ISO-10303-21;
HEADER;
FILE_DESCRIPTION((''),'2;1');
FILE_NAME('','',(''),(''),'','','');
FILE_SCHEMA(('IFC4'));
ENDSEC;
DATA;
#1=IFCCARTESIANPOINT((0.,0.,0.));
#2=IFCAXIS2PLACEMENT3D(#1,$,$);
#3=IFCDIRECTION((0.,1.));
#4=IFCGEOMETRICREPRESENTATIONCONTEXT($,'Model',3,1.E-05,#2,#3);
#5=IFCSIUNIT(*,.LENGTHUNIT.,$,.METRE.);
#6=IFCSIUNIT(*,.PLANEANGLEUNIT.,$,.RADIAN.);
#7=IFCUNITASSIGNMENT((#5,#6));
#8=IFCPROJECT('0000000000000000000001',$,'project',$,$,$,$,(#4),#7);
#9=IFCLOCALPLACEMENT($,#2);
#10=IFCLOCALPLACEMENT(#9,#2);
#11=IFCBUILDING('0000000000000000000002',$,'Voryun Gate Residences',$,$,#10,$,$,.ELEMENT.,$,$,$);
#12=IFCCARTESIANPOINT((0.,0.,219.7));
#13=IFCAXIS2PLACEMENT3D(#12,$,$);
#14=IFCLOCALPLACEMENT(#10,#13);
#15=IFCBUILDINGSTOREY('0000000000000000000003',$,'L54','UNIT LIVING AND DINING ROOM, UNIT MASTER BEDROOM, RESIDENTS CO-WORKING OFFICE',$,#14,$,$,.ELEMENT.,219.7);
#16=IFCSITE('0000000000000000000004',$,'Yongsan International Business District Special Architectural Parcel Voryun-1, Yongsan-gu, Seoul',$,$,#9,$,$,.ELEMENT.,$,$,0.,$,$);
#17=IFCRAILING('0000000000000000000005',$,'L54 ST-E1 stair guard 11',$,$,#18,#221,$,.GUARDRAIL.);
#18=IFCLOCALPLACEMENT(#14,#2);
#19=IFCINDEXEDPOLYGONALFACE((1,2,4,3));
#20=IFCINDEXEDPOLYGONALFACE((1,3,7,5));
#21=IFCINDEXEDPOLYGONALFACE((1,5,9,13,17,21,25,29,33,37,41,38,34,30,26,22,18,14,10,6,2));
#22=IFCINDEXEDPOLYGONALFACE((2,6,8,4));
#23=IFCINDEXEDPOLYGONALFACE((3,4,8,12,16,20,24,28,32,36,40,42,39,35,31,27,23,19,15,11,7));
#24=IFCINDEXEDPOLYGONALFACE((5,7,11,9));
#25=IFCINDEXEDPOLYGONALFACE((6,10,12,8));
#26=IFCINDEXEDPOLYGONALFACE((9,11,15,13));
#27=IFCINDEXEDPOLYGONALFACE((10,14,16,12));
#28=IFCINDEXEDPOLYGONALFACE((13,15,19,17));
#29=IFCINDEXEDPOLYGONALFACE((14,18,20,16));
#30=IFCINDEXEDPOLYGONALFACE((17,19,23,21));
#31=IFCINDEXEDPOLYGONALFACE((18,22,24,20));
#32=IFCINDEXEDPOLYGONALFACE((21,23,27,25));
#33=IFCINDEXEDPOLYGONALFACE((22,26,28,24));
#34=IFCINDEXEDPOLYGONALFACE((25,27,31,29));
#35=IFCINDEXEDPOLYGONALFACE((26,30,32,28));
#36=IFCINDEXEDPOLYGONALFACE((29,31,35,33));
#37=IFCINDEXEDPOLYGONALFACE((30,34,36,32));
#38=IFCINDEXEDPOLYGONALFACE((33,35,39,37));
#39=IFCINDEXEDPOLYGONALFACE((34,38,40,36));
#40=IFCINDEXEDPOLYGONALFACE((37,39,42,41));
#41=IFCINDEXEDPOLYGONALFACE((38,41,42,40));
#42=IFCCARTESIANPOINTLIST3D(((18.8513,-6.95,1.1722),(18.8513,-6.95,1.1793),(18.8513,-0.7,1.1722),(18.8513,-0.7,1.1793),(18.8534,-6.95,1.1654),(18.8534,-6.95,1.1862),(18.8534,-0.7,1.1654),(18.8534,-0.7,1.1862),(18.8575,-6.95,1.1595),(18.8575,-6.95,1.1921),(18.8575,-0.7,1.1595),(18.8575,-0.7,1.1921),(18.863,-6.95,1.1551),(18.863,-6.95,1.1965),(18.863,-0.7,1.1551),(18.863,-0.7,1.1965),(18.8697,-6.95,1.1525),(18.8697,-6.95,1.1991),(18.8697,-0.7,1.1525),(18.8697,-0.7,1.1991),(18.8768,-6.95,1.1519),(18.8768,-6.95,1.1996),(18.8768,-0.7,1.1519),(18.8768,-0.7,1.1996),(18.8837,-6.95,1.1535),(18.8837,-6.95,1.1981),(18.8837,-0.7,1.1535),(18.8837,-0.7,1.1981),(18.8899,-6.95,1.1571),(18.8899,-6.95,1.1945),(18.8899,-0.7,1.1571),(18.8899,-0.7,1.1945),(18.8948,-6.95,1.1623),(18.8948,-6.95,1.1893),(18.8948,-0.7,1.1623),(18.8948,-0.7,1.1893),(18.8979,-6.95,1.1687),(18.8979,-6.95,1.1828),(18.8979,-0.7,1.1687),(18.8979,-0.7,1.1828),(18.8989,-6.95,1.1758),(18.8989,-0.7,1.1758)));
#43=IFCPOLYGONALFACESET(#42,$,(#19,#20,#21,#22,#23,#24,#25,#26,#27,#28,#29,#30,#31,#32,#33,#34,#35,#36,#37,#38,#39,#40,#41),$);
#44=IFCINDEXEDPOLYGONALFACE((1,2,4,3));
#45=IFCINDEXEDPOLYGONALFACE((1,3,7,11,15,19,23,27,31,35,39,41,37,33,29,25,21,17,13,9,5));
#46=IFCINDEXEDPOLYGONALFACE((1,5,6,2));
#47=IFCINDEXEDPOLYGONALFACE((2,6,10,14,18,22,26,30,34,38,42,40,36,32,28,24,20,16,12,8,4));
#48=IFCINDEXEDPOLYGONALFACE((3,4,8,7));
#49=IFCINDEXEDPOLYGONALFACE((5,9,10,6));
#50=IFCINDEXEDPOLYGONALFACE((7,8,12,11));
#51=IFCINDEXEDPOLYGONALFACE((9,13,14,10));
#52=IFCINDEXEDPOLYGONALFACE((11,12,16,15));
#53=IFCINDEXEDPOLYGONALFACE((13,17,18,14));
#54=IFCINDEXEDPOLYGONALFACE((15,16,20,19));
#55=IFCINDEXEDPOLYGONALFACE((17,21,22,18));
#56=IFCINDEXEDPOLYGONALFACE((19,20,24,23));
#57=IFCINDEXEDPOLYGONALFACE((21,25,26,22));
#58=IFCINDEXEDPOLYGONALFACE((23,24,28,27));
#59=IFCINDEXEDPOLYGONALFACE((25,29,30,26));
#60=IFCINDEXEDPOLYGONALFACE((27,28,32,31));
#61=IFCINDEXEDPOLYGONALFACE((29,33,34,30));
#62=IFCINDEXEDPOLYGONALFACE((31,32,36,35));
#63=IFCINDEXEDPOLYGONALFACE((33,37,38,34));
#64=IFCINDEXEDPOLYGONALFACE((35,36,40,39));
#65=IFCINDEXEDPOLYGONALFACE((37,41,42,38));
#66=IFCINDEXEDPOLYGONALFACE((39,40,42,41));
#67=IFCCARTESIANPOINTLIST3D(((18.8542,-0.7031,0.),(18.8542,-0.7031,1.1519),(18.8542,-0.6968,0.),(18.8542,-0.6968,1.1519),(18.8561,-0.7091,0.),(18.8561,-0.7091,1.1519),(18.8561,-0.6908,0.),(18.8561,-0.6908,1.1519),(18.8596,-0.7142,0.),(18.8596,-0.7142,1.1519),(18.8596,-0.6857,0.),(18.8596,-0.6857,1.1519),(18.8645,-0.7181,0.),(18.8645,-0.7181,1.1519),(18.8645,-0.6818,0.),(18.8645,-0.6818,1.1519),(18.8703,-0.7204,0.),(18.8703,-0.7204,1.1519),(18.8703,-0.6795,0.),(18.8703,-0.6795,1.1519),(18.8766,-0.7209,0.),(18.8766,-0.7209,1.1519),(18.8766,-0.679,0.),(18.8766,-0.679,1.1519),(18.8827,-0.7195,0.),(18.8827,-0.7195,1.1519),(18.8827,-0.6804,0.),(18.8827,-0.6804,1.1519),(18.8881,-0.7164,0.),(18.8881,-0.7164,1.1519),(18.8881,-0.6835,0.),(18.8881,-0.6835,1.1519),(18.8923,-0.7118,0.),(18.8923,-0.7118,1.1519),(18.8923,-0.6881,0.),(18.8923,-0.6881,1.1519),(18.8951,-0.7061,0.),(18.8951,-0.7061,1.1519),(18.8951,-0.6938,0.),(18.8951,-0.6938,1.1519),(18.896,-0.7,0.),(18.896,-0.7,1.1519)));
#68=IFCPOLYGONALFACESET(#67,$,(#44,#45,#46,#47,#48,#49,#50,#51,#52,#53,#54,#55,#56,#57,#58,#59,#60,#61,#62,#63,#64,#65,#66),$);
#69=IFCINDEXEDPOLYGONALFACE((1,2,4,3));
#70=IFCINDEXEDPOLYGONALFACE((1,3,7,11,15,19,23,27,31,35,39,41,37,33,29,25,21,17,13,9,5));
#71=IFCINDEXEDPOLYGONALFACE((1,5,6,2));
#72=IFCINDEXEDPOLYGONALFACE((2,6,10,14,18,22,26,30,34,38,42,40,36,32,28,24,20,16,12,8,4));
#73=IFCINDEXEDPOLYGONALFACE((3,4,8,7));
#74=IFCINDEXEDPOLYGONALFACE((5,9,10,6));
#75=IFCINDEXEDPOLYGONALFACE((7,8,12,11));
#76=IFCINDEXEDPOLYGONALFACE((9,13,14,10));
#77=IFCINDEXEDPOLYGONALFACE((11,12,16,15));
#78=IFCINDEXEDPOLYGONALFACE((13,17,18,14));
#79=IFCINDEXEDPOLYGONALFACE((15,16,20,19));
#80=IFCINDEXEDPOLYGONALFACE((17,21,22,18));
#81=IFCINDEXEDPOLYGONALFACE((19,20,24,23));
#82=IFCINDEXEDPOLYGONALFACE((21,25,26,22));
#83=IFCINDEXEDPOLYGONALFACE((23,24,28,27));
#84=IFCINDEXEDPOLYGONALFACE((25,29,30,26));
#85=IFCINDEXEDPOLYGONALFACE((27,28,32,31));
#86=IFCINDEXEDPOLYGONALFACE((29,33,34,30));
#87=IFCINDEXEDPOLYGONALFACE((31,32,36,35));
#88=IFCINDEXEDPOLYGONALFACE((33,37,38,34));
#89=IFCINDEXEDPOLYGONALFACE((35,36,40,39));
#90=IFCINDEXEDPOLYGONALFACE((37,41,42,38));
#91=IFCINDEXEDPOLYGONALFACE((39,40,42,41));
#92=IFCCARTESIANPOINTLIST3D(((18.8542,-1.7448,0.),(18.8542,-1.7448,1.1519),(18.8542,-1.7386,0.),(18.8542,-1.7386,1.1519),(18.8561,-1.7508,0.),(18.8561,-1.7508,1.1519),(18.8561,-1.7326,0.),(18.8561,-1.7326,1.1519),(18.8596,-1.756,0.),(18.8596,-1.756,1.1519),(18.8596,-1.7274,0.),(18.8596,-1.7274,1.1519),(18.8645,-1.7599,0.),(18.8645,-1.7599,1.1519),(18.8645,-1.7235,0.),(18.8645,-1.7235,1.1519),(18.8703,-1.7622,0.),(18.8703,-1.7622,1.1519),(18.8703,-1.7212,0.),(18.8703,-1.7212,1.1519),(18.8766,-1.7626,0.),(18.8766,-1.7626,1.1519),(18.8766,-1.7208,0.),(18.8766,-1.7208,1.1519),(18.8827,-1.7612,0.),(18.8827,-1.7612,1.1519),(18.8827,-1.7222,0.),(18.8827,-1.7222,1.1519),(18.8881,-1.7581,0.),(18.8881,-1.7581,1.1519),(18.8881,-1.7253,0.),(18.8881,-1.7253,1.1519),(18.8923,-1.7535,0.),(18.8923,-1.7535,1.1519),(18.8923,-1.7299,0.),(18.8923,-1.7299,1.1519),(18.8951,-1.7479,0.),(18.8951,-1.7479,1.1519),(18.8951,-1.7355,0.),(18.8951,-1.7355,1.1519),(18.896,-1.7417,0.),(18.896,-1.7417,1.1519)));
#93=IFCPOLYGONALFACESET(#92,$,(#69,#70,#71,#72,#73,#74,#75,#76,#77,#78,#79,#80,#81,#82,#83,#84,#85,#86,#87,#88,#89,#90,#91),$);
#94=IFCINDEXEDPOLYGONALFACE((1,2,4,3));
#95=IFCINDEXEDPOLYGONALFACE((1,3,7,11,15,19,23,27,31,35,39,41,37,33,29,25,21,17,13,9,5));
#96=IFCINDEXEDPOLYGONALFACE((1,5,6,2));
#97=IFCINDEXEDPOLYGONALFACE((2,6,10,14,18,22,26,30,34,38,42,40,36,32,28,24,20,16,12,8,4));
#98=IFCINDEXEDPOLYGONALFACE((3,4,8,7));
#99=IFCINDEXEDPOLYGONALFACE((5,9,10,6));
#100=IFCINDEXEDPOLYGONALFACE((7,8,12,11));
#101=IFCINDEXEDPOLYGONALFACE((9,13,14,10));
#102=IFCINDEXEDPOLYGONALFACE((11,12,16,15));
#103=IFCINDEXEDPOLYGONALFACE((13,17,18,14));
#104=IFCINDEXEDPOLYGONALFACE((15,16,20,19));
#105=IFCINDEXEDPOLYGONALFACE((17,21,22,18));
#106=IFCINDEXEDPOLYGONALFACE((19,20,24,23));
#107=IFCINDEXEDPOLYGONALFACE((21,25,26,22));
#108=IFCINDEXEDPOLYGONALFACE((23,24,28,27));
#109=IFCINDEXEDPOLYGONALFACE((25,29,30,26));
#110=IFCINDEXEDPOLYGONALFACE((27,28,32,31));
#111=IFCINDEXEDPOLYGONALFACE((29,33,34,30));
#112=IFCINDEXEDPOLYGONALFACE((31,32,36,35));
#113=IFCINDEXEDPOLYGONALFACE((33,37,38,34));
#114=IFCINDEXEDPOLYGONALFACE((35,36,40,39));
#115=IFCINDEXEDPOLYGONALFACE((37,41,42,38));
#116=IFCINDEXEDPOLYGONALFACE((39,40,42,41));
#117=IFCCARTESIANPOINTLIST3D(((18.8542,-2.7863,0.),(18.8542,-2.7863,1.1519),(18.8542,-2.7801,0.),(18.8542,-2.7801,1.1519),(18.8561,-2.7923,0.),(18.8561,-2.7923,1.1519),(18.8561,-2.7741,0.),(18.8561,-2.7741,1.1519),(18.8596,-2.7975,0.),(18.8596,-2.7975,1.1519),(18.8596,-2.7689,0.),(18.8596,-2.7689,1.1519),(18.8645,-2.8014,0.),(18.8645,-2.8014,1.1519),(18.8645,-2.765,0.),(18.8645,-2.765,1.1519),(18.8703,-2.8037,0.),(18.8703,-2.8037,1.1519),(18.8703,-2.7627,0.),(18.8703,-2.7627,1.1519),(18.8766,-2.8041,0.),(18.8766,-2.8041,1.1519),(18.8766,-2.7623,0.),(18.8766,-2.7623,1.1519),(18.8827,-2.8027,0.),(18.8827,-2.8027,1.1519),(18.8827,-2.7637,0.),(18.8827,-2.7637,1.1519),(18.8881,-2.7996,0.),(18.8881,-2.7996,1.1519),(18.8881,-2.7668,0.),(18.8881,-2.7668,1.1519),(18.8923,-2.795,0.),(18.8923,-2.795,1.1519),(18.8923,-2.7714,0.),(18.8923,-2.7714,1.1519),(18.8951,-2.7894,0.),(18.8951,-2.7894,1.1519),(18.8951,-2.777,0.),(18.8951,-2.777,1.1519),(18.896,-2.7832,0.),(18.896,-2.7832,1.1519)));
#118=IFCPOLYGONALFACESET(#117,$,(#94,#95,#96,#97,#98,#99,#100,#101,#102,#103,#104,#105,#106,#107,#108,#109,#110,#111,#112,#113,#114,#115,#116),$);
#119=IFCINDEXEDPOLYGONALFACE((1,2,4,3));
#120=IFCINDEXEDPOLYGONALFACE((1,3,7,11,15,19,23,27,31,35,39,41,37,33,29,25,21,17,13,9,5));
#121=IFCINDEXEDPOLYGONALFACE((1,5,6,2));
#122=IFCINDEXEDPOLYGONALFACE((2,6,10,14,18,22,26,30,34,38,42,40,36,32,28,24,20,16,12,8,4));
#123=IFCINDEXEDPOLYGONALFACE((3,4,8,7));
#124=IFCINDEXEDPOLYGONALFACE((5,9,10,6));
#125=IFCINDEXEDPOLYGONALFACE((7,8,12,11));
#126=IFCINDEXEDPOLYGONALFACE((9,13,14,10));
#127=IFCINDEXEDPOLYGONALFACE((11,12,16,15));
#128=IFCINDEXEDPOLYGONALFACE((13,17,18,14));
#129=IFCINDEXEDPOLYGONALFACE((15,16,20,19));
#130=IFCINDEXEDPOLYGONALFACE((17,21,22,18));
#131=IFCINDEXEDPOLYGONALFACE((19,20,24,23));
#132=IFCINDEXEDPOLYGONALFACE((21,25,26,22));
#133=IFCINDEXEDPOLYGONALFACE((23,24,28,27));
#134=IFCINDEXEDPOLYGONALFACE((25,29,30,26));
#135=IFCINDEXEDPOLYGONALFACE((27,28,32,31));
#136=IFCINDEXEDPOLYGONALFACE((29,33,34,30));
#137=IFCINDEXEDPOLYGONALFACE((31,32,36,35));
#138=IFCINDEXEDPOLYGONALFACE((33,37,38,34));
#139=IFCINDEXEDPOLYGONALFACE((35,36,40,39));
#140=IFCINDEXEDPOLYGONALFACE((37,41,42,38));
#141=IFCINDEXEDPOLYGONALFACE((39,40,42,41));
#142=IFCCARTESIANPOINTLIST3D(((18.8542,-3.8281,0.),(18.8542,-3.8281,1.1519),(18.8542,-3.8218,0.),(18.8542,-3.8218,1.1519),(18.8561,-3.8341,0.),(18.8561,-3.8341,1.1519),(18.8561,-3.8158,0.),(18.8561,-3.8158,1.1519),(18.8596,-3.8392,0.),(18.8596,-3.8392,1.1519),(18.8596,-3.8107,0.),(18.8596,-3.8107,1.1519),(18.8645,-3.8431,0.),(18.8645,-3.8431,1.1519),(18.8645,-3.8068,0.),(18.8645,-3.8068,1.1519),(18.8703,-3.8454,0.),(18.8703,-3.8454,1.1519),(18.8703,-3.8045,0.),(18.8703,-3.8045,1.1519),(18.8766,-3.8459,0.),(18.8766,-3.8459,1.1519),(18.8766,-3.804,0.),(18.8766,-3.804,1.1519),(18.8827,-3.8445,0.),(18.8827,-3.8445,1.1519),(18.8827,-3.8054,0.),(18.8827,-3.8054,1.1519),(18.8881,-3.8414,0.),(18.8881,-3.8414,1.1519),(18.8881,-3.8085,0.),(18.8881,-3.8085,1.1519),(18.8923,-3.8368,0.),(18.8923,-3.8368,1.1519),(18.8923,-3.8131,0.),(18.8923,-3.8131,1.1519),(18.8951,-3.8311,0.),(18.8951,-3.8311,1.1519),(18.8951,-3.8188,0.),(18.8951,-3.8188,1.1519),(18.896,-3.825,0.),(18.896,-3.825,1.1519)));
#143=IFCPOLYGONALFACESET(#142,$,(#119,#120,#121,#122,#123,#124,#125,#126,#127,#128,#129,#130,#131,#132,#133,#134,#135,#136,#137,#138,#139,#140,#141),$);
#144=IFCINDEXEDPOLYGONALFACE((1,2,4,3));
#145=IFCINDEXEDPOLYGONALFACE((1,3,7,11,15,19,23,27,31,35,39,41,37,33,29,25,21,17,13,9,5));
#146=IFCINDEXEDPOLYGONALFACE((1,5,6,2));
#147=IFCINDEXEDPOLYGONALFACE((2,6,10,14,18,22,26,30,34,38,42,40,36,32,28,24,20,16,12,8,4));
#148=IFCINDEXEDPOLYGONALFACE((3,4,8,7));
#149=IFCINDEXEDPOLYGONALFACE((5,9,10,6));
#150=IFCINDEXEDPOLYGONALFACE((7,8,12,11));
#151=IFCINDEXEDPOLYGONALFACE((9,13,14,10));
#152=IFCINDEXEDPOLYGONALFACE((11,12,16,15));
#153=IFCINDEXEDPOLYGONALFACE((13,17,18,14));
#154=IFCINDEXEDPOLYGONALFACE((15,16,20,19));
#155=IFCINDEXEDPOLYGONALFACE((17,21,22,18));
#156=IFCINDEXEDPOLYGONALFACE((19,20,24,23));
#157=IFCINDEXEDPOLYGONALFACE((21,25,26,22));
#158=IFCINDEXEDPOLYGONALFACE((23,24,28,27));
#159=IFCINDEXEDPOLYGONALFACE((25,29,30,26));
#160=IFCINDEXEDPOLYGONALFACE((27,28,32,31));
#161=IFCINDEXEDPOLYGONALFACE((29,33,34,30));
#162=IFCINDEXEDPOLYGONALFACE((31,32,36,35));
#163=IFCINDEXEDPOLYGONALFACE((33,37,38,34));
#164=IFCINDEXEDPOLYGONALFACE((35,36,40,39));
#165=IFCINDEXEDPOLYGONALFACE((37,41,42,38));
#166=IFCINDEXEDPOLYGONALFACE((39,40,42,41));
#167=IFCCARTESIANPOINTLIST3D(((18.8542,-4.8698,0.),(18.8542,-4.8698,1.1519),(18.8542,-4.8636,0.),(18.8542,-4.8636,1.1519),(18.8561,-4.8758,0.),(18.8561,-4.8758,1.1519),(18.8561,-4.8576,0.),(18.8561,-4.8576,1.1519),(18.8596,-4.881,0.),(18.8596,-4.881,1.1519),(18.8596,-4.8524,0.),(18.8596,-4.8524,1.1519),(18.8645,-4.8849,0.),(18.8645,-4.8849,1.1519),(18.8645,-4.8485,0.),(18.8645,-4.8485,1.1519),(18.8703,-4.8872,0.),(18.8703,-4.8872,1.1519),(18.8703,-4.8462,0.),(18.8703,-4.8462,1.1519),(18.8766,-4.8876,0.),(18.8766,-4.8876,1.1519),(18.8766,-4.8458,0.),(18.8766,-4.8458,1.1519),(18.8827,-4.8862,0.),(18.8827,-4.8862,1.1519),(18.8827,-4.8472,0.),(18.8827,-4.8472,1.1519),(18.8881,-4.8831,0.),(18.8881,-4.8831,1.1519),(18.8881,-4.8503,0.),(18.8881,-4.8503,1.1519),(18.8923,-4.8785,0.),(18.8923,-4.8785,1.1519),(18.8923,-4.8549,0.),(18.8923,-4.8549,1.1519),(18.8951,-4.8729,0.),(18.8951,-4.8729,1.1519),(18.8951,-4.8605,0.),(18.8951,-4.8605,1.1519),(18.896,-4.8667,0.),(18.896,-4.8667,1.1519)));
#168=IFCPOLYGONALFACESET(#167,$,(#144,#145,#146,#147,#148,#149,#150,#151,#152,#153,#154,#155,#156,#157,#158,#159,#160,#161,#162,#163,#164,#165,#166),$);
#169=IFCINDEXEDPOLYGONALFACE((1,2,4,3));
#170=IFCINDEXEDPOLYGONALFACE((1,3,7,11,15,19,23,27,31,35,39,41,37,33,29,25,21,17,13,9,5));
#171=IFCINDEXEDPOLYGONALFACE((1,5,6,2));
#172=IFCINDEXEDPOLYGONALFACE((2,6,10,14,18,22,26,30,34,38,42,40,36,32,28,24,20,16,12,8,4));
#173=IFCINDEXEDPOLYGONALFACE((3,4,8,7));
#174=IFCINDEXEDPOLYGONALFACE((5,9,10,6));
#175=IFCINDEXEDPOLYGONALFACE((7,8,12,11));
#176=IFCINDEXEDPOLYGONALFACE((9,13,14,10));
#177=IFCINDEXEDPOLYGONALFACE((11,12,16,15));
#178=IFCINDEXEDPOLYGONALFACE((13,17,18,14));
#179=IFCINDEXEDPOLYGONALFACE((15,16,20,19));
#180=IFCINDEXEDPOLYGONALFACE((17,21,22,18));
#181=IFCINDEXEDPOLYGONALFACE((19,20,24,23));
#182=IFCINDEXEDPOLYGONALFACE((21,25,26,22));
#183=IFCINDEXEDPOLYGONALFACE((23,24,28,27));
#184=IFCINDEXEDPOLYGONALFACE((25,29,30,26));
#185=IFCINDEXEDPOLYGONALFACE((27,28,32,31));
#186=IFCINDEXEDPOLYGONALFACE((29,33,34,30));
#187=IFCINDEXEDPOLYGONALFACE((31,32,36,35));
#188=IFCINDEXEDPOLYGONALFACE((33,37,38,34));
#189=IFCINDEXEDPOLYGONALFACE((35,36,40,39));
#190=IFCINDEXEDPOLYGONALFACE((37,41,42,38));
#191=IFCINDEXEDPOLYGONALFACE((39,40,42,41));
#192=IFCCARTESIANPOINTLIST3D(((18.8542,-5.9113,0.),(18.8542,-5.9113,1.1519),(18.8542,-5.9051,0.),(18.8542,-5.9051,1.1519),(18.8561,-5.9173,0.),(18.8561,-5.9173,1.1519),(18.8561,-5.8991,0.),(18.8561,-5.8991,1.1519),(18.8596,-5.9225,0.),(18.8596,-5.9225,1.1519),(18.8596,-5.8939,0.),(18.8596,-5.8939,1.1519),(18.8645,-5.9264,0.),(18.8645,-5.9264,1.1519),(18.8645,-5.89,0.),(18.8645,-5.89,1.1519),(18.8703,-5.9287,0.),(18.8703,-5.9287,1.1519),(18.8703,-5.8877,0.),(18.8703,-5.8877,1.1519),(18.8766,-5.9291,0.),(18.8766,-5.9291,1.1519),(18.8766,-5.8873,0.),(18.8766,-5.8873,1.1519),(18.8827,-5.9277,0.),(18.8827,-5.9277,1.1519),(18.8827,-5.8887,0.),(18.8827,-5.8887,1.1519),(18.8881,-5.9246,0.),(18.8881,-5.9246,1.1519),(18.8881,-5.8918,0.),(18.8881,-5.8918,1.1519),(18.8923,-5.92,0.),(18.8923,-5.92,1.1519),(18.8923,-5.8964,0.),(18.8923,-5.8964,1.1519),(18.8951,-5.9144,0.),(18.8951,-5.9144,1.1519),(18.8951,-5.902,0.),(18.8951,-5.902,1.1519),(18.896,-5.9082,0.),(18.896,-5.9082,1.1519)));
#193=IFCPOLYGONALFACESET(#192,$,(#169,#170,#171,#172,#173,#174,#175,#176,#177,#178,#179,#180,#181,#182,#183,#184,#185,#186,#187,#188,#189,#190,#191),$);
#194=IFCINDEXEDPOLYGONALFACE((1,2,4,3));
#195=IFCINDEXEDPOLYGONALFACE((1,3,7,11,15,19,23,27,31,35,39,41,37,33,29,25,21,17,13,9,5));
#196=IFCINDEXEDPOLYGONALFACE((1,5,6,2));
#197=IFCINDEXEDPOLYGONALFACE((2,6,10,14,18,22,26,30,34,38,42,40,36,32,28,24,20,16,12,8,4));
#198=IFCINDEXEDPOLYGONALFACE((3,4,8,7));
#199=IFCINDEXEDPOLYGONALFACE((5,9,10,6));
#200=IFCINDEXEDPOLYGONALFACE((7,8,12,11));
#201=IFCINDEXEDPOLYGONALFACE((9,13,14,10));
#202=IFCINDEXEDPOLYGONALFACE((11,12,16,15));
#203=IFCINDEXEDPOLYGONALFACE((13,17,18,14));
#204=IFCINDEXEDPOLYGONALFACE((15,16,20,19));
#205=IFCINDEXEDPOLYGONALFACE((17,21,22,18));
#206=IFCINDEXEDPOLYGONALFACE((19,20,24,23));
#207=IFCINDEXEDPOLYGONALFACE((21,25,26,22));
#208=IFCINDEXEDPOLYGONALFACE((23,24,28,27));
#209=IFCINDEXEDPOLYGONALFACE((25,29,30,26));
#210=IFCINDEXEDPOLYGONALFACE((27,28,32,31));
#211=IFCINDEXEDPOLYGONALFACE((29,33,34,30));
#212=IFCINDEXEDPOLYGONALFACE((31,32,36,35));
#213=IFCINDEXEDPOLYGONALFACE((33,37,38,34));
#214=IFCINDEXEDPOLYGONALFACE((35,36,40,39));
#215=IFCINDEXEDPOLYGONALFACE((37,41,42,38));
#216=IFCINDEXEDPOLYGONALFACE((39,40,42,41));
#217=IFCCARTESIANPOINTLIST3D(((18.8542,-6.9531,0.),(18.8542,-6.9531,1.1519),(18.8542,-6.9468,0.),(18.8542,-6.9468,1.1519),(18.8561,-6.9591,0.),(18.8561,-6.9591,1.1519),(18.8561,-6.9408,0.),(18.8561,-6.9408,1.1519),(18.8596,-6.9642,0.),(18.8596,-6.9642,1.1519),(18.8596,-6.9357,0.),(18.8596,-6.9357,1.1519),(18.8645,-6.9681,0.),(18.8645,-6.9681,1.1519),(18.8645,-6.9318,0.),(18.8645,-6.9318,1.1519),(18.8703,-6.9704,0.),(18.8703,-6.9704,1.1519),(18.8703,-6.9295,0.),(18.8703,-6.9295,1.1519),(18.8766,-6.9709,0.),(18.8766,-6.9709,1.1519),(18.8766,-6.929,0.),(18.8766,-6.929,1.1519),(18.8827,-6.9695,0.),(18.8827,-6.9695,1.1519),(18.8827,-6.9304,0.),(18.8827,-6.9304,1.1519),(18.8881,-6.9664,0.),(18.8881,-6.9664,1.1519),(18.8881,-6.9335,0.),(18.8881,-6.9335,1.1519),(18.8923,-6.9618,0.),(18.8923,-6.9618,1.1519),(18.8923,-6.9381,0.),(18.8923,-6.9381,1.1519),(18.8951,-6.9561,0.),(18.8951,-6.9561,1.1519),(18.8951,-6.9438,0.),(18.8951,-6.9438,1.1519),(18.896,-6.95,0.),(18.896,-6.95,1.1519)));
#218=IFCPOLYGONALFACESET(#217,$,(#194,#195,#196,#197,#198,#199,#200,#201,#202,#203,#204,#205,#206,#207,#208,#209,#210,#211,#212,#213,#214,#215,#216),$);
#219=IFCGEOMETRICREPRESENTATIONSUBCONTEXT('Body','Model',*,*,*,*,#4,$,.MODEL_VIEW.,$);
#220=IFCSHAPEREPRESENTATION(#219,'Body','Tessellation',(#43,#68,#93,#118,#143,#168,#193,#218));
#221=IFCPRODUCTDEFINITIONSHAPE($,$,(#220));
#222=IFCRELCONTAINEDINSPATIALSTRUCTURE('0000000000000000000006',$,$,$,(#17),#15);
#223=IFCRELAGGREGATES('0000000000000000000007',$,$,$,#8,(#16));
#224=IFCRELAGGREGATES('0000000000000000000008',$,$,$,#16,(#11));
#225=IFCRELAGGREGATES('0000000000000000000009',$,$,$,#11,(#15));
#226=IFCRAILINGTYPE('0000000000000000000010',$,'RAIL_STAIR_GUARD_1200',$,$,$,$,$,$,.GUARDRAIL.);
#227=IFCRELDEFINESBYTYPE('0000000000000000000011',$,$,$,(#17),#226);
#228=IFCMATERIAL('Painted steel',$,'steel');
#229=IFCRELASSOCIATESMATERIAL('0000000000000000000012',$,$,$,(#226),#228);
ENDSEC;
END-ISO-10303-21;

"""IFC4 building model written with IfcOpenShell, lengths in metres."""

from ifc_helpers import new_model, si_unit, direction, frame, origin, origin_2d, place, context, subcontext, project, spatial, circle, extrude, material, type_object, element, save


model = new_model("IFC4")

# Units and contexts
model_context = context("Model", 3, precision=1e-05, world=origin(), true_north=direction((0.0, 1.0)))
body_context = subcontext(model_context, "Body", "Model", "MODEL_VIEW")
ifc_project = project(units=[si_unit("LENGTHUNIT", "METRE"), si_unit("PLANEANGLEUNIT", "RADIAN")], contexts=[model_context])

# Site, building, storey
site_placement = place(None, origin())
site = spatial("IfcSite", under=ifc_project, at=site_placement, Name="Yongsan International Business District Special Architectural Parcel Voryun-1, Yongsan-gu, Seoul", CompositionType="ELEMENT", RefElevation=0.0)
building_placement = place(site_placement, origin())
building = spatial("IfcBuilding", under=site, at=building_placement, Name="Voryun Gate Residences", CompositionType="ELEMENT")
storey_placement = place(building_placement, frame((0.0, 0.0, 219.7)))
storey = spatial("IfcBuildingStorey", under=building, at=storey_placement, Name="L54", Description="UNIT LIVING AND DINING ROOM, UNIT MASTER BEDROOM, RESIDENTS CO-WORKING OFFICE", CompositionType="ELEMENT", Elevation=219.7)

# Railing
ifc_material_1 = material(Name="Painted steel", Category="steel")
railing_type = type_object("IfcRailingType", Name="RAIL_STAIR_GUARD_1200", PredefinedType="GUARDRAIL", material=ifc_material_1)
railing_placement = place(storey_placement, frame((18.875, -0.7, 0.0)))
element("IfcRailing", 1, at=railing_placement, inside=storey, type_object=railing_type, Name="L54 ST-E1 stair guard 11", PredefinedType="GUARDRAIL", context=body_context, shape_type="SweptSolid", body=[
    extrude(circle(Radius=0.0239, at=origin_2d()), frame((0.0, 0.0, 1.1758), z_axis=(0.0, -1.0, 0.0), x_axis=(1.0, 0.0, 0.0)), (0.0, 0.0, 1.0), 6.25),
    extrude(circle(Radius=0.021, at=origin_2d()), origin(), (0.0, 0.0, 1.0), 1.1519),
    extrude(circle(Radius=0.021, at=origin_2d()), frame((0.0, -1.0417, 0.0)), (0.0, 0.0, 1.0), 1.1519),
    extrude(circle(Radius=0.021, at=origin_2d()), frame((0.0, -2.0833, 0.0)), (0.0, 0.0, 1.0), 1.1519),
    extrude(circle(Radius=0.021, at=origin_2d()), frame((0.0, -3.125, 0.0)), (0.0, 0.0, 1.0), 1.1519),
    extrude(circle(Radius=0.021, at=origin_2d()), frame((0.0, -4.1667, 0.0)), (0.0, 0.0, 1.0), 1.1519),
    extrude(circle(Radius=0.021, at=origin_2d()), frame((0.0, -5.2083, 0.0)), (0.0, 0.0, 1.0), 1.1519),
    extrude(circle(Radius=0.021, at=origin_2d()), frame((0.0, -6.25, 0.0)), (0.0, 0.0, 1.0), 1.1519),
])

save(model, "model.ifc")
